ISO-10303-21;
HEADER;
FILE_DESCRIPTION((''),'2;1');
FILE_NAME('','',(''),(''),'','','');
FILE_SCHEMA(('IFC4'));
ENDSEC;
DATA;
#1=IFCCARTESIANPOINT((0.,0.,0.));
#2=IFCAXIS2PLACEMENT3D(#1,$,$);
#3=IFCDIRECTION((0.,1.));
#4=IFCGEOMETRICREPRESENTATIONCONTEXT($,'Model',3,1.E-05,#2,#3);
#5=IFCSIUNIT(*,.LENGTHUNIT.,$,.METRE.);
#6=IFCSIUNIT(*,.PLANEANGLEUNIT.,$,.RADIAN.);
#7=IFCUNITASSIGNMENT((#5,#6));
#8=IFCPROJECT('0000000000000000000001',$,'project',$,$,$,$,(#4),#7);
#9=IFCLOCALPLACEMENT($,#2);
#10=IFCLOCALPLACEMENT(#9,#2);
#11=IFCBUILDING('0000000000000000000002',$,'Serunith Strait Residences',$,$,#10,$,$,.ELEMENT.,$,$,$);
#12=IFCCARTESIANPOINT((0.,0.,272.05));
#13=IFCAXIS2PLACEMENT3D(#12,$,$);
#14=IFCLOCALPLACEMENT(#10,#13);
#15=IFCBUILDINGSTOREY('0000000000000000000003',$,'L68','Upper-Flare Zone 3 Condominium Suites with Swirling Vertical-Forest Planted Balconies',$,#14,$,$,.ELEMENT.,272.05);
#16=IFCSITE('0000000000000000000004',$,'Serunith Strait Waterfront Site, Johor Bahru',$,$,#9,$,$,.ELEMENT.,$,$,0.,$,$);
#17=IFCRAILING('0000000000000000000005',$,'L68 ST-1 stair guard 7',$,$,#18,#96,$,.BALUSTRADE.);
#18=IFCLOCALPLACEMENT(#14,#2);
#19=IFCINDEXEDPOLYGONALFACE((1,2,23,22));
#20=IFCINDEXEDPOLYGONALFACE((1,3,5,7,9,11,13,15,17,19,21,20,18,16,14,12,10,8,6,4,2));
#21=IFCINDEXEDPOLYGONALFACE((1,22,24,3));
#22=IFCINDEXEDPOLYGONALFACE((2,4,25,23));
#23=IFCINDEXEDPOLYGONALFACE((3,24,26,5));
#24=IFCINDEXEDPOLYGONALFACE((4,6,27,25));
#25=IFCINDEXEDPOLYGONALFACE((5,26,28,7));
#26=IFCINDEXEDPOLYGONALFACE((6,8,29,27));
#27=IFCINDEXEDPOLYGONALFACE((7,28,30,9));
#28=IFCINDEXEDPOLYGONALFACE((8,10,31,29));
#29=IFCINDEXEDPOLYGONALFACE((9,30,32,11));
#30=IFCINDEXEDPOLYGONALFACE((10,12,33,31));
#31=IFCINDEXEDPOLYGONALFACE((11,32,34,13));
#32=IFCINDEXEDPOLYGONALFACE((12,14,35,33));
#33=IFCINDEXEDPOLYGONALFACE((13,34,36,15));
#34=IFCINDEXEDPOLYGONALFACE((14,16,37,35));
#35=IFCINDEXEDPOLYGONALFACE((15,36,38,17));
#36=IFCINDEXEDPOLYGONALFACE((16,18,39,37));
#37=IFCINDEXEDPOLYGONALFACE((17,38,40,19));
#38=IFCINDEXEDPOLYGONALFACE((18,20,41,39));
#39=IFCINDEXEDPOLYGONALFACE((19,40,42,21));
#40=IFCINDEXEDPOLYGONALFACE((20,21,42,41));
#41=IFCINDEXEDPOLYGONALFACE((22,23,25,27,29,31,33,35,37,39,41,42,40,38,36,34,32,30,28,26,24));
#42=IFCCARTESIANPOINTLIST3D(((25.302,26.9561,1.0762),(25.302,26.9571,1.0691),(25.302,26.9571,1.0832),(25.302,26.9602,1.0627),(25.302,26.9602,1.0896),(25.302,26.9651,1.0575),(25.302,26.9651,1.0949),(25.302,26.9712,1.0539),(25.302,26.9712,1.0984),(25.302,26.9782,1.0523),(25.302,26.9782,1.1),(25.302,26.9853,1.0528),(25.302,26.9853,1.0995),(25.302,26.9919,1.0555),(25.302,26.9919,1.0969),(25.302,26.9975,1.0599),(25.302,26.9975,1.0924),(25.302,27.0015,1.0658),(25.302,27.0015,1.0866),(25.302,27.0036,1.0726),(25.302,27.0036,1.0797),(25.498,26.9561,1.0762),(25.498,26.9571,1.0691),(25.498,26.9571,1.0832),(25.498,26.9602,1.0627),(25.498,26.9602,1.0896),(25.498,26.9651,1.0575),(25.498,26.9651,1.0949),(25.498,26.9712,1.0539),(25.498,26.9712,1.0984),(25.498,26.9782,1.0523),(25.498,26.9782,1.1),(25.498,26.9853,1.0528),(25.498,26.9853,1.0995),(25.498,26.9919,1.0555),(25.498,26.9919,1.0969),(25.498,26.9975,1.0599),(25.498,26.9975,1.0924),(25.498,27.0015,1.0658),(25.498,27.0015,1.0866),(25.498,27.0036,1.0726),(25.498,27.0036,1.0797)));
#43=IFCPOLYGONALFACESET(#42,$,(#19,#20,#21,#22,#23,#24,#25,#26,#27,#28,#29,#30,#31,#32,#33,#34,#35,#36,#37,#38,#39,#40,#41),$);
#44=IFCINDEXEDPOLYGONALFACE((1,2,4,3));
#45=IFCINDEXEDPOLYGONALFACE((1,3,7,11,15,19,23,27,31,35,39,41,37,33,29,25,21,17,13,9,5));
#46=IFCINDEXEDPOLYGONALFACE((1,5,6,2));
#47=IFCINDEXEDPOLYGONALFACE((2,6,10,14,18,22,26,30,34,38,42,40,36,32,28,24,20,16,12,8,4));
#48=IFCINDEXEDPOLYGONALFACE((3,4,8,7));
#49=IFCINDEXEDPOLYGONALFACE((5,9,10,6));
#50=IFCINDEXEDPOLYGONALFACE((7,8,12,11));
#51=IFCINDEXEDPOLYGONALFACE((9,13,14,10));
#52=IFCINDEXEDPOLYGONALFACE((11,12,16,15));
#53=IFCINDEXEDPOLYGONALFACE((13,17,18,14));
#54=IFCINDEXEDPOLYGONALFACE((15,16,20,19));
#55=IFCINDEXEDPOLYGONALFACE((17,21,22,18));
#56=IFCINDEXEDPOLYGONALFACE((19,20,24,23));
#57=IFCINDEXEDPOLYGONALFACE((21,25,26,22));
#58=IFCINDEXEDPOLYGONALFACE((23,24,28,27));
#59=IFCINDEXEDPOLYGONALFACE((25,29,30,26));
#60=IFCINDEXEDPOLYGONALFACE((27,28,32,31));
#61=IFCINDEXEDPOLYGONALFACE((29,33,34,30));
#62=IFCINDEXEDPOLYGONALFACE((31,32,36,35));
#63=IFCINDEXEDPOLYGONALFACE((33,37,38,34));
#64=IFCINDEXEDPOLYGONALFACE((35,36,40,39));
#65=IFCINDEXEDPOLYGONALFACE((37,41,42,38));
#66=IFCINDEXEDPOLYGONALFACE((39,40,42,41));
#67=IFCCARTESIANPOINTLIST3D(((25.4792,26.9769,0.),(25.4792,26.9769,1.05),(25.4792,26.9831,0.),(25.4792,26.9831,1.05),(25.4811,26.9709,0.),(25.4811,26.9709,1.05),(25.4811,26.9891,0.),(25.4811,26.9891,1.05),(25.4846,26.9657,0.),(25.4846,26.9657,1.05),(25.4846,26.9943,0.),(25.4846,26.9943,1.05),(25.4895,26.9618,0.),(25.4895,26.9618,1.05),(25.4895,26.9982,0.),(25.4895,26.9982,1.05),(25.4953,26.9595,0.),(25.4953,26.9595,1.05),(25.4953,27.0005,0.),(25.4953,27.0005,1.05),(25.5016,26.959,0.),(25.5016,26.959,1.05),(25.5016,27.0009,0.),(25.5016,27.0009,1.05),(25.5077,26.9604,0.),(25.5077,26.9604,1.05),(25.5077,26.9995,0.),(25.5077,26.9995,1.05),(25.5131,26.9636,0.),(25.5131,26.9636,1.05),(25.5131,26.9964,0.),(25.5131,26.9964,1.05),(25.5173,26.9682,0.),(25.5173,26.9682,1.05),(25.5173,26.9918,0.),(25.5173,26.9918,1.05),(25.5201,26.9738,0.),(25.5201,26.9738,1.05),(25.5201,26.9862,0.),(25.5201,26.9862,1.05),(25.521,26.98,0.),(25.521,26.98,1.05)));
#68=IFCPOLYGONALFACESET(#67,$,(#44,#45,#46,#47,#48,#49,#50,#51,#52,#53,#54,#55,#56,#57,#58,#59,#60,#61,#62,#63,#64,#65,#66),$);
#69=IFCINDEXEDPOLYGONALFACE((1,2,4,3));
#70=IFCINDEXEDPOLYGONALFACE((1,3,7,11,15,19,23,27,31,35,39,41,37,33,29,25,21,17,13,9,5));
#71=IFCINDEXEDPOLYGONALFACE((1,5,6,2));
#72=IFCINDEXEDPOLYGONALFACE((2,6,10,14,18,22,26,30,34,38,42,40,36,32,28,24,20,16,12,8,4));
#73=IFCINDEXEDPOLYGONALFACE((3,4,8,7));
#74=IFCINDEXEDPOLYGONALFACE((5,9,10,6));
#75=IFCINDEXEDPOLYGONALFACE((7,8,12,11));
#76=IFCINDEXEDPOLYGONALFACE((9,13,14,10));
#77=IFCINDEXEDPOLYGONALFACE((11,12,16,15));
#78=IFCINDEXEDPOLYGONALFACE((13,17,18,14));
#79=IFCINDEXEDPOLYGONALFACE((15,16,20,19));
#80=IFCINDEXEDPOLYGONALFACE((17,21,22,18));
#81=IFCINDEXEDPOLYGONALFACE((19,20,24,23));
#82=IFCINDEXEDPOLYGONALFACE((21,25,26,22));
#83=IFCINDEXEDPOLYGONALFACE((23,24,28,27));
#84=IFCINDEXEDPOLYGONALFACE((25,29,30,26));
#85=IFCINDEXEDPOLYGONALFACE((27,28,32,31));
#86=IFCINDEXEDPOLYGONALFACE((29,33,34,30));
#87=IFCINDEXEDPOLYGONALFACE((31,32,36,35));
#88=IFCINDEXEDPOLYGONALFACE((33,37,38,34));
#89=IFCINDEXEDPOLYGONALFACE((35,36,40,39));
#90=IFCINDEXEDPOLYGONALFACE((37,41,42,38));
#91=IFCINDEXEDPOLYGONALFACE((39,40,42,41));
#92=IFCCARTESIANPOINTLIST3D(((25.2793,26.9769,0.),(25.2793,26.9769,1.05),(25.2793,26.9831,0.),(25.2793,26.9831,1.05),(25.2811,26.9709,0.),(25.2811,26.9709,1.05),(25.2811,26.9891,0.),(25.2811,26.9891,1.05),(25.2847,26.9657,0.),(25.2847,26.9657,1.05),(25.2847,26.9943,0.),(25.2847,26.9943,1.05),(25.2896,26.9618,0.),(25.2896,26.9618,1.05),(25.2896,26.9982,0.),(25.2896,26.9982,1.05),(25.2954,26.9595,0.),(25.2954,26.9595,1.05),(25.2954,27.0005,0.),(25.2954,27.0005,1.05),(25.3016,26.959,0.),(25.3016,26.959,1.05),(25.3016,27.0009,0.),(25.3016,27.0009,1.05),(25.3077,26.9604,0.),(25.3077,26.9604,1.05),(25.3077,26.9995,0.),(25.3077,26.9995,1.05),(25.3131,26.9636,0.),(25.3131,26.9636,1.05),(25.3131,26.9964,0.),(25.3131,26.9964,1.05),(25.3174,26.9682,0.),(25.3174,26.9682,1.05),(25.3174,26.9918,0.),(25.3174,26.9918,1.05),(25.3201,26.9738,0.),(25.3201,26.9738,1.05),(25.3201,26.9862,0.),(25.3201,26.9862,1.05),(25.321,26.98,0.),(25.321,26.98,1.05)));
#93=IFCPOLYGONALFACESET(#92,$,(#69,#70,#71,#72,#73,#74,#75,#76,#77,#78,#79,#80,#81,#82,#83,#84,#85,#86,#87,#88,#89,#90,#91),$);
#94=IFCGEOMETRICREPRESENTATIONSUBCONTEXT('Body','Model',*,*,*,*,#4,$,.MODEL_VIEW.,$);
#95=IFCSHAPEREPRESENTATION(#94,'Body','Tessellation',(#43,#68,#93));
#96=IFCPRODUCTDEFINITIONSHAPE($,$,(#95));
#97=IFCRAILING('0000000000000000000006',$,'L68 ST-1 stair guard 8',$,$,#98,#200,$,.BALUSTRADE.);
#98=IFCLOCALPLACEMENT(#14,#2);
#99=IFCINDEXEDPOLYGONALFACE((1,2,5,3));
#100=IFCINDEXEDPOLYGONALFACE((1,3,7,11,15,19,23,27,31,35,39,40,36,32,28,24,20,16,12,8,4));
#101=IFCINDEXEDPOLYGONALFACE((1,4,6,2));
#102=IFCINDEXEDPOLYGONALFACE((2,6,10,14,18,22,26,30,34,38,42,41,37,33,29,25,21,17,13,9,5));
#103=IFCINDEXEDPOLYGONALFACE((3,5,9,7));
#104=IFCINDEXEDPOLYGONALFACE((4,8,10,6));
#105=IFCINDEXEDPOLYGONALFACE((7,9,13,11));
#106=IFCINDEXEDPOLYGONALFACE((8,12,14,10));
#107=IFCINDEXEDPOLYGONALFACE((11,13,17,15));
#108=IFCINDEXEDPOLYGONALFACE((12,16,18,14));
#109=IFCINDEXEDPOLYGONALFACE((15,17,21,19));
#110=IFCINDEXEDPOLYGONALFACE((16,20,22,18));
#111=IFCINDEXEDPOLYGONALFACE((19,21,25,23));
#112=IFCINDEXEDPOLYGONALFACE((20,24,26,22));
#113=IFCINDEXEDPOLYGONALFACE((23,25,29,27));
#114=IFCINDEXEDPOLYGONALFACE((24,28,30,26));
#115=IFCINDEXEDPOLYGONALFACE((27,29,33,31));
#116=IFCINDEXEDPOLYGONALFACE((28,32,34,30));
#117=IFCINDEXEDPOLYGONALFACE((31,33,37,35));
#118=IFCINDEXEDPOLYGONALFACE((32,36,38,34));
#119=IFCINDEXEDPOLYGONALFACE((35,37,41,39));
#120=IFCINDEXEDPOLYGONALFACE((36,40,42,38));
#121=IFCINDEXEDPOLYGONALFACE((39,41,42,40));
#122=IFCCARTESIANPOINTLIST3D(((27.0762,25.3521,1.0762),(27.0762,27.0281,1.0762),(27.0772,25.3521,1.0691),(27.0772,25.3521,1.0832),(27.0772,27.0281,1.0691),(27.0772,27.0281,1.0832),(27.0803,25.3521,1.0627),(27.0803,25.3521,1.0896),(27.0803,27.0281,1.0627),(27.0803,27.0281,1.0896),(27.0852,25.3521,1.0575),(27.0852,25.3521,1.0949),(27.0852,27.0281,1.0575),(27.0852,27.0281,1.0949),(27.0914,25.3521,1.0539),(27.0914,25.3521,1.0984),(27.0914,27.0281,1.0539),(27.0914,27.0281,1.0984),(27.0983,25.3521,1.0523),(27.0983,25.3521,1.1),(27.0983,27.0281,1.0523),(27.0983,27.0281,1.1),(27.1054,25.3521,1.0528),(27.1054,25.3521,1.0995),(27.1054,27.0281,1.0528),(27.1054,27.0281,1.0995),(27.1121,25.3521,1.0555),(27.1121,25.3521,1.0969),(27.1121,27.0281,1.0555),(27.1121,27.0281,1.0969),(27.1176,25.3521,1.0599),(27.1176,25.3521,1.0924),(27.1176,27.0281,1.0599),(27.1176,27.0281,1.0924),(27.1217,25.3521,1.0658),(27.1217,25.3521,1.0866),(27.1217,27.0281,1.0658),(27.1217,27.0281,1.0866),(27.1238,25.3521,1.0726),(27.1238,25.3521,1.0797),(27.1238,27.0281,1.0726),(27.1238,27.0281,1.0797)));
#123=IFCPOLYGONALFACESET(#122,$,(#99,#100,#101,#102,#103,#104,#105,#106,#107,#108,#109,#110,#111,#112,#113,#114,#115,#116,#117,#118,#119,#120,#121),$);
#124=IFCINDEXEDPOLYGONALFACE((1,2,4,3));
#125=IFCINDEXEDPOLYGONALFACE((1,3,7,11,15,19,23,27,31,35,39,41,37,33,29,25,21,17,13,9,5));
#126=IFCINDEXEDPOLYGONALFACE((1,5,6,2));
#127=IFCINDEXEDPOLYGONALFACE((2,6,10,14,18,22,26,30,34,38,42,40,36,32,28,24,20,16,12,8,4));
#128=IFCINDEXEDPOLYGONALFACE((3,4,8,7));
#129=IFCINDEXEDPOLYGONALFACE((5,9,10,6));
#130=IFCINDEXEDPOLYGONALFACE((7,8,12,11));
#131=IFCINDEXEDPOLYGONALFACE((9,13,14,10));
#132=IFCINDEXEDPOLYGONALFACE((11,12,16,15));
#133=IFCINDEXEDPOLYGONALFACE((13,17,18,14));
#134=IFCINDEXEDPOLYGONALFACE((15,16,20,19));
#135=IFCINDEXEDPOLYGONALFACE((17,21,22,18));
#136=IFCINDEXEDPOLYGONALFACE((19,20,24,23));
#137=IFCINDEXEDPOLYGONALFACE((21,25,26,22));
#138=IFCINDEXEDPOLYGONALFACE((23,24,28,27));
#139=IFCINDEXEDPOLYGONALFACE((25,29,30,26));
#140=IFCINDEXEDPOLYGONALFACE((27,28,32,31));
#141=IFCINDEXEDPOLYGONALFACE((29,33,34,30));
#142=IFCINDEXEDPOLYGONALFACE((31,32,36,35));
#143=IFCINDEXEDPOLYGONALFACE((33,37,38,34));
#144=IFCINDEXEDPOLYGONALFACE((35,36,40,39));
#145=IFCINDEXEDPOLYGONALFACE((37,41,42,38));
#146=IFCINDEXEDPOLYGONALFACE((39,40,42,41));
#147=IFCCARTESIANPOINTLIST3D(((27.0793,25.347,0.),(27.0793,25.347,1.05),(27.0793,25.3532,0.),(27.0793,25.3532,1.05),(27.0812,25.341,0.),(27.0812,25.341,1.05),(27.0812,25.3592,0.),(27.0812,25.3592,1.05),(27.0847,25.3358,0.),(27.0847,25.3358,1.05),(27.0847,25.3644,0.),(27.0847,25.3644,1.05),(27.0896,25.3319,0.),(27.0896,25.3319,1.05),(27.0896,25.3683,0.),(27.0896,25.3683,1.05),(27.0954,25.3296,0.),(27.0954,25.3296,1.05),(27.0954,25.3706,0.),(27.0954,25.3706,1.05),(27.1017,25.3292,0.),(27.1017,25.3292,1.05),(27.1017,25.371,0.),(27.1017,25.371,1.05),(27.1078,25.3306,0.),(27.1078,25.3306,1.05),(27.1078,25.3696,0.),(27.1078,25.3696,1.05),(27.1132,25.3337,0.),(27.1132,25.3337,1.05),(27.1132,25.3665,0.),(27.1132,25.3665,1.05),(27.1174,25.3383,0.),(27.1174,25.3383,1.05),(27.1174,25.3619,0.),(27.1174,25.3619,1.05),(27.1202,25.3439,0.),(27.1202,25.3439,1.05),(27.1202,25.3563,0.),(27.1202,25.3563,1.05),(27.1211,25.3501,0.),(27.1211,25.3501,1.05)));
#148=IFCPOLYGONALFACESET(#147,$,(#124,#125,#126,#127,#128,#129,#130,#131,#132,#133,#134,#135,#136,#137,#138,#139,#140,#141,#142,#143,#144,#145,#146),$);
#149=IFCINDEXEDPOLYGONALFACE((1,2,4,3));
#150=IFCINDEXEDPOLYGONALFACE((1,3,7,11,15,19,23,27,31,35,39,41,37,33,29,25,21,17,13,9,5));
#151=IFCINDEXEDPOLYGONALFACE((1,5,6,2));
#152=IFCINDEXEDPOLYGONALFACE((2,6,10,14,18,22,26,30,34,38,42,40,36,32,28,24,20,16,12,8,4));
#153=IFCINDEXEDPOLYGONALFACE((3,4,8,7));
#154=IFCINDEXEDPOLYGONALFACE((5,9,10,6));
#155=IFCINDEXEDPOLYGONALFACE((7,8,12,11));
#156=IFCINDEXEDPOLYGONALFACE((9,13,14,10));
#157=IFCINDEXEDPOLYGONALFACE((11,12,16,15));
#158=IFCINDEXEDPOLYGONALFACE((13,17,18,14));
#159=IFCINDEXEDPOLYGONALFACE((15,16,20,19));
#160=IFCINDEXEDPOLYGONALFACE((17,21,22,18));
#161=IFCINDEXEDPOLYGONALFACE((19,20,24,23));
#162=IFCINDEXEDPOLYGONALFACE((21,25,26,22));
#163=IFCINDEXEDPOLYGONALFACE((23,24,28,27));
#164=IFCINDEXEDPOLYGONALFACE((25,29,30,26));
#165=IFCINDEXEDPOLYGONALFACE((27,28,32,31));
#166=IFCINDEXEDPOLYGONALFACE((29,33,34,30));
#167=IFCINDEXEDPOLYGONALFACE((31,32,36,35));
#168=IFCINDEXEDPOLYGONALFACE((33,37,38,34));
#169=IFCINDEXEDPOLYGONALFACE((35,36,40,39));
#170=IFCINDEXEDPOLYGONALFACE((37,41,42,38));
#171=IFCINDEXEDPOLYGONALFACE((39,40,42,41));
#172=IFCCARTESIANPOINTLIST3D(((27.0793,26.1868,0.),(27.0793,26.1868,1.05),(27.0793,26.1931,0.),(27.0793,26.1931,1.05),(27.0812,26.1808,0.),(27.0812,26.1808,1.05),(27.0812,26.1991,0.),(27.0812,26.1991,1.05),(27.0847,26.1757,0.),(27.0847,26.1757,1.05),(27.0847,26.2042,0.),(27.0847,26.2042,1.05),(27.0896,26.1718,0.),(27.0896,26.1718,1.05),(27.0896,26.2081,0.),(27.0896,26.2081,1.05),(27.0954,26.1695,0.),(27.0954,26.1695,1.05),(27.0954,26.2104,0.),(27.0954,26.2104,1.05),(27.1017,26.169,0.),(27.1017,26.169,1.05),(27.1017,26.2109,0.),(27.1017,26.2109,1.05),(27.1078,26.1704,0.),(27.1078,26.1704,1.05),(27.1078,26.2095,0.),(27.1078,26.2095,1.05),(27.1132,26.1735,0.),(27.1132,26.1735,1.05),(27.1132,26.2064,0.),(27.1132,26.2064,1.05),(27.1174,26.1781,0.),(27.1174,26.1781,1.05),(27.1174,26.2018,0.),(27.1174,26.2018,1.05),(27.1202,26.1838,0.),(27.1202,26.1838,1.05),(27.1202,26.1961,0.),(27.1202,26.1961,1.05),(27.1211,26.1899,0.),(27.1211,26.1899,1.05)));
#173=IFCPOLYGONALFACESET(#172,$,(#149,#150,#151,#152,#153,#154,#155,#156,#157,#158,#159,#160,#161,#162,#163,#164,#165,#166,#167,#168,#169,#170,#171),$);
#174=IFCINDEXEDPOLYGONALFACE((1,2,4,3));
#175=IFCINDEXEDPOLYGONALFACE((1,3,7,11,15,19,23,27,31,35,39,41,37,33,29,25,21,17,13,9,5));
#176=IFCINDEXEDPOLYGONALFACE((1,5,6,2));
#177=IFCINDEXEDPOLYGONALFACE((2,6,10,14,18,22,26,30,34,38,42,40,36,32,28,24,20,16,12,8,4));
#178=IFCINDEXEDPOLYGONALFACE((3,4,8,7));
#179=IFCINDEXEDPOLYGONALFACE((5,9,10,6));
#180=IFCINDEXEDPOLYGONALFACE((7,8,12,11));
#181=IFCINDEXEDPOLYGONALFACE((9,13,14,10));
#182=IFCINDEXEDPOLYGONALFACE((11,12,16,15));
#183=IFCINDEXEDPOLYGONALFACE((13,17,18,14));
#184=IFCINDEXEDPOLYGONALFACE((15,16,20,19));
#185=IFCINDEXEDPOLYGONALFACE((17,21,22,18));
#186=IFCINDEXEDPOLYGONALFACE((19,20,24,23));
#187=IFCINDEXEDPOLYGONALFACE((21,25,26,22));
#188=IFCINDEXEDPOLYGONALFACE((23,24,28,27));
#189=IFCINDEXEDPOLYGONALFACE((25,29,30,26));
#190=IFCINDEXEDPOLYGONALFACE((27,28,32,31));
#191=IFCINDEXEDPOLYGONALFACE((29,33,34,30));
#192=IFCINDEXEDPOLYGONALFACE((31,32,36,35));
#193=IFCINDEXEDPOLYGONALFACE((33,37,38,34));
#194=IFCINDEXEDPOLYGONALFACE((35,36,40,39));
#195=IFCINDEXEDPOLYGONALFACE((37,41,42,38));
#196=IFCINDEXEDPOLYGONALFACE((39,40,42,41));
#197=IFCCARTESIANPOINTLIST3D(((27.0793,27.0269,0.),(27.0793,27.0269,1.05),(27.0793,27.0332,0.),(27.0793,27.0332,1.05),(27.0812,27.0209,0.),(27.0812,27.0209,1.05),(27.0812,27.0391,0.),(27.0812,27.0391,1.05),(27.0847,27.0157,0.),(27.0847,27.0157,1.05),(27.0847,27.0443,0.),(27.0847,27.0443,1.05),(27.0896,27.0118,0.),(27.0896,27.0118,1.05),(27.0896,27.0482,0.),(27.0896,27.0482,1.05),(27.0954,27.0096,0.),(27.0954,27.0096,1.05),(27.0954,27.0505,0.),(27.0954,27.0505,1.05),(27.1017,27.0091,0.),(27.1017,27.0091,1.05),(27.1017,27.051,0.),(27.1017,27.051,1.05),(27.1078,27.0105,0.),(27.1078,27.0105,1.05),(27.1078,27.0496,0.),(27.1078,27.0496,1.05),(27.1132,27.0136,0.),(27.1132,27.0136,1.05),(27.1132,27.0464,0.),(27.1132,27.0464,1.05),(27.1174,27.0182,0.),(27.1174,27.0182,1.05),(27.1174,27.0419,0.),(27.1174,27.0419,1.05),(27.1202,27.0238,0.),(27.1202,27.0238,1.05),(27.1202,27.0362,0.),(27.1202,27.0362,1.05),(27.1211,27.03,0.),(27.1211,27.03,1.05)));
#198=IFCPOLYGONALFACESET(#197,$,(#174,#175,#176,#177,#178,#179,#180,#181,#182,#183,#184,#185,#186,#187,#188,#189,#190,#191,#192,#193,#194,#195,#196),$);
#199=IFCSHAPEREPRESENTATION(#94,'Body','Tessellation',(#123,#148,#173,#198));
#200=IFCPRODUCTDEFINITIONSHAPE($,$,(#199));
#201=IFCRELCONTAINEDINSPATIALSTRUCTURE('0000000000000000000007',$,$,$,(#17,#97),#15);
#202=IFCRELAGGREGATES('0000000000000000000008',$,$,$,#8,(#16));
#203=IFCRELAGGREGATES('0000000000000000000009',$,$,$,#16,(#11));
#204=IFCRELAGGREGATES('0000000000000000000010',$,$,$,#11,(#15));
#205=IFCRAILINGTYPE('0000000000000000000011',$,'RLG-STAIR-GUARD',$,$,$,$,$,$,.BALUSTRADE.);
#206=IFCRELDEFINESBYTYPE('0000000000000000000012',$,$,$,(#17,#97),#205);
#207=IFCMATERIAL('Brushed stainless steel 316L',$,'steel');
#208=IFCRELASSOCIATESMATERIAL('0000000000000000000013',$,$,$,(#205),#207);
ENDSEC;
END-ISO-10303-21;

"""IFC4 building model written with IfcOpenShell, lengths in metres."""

from ifc_helpers import new_model, si_unit, direction, frame, origin, origin_2d, place, context, subcontext, project, spatial, circle, extrude, material, type_object, element, save


model = new_model("IFC4")

# Units and contexts
model_context = context("Model", 3, precision=1e-05, world=origin(), true_north=direction((0.0, 1.0)))
body_context = subcontext(model_context, "Body", "Model", "MODEL_VIEW")
ifc_project = project(units=[si_unit("LENGTHUNIT", "METRE"), si_unit("PLANEANGLEUNIT", "RADIAN")], contexts=[model_context])

# Site, building, storey
site_placement = place(None, origin())
site = spatial("IfcSite", under=ifc_project, at=site_placement, Name="Serunith Strait Waterfront Site, Johor Bahru", CompositionType="ELEMENT", RefElevation=0.0)
building_placement = place(site_placement, origin())
building = spatial("IfcBuilding", under=site, at=building_placement, Name="Serunith Strait Residences", CompositionType="ELEMENT")
storey_placement = place(building_placement, frame((0.0, 0.0, 272.05)))
storey = spatial("IfcBuildingStorey", under=building, at=storey_placement, Name="L68", Description="Upper-Flare Zone 3 Condominium Suites with Swirling Vertical-Forest Planted Balconies", CompositionType="ELEMENT", Elevation=272.05)

# Railings
ifc_material_1 = material(Name="Brushed stainless steel 316L", Category="steel")
railing_type_1 = type_object("IfcRailingType", Name="RLG-STAIR-GUARD", PredefinedType="BALUSTRADE", material=ifc_material_1)
railing_1_placement = place(storey_placement, frame((25.5, 26.98, 0.0)))
element("IfcRailing", 1, at=railing_1_placement, inside=storey, type_object=railing_type_1, Name="L68 ST-1 stair guard 7", PredefinedType="BALUSTRADE", context=body_context, shape_type="SweptSolid", body=[
    extrude(circle(Radius=0.0239, at=origin_2d()), frame((-0.002, 0.0, 1.0762), z_axis=(-1.0, 0.0, 0.0), x_axis=(0.0, -1.0, 0.0)), (0.0, 0.0, 1.0), 0.196),
    extrude(circle(Radius=0.021, at=origin_2d()), origin(), (0.0, 0.0, 1.0), 1.05),
    extrude(circle(Radius=0.021, at=origin_2d()), frame((-0.2, 0.0, 0.0)), (0.0, 0.0, 1.0), 1.05),
])
for number, where, name in (
    (2, (27.1001, 25.3501, 0.0), "L68 ST-1 stair guard 8"),
):
    element("IfcRailing", number, at=place(storey_placement, frame(where)), inside=storey, type_object=railing_type_1, Name=name, PredefinedType="BALUSTRADE", context=body_context, shape_type="SweptSolid", body=[
        extrude(circle(Radius=0.0239, at=origin_2d()), frame((0.0, 0.002, 1.0762), z_axis=(0.0, 1.0, 0.0), x_axis=(-1.0, 0.0, 0.0)), (0.0, 0.0, 1.0), 1.676),
        extrude(circle(Radius=0.021, at=origin_2d()), origin(), (0.0, 0.0, 1.0), 1.05),
        extrude(circle(Radius=0.021, at=origin_2d()), frame((0.0, 0.8398, 0.0)), (0.0, 0.0, 1.0), 1.05),
        extrude(circle(Radius=0.021, at=origin_2d()), frame((0.0, 1.6799, 0.0)), (0.0, 0.0, 1.0), 1.05),
    ])

save(model, "model.ifc")
